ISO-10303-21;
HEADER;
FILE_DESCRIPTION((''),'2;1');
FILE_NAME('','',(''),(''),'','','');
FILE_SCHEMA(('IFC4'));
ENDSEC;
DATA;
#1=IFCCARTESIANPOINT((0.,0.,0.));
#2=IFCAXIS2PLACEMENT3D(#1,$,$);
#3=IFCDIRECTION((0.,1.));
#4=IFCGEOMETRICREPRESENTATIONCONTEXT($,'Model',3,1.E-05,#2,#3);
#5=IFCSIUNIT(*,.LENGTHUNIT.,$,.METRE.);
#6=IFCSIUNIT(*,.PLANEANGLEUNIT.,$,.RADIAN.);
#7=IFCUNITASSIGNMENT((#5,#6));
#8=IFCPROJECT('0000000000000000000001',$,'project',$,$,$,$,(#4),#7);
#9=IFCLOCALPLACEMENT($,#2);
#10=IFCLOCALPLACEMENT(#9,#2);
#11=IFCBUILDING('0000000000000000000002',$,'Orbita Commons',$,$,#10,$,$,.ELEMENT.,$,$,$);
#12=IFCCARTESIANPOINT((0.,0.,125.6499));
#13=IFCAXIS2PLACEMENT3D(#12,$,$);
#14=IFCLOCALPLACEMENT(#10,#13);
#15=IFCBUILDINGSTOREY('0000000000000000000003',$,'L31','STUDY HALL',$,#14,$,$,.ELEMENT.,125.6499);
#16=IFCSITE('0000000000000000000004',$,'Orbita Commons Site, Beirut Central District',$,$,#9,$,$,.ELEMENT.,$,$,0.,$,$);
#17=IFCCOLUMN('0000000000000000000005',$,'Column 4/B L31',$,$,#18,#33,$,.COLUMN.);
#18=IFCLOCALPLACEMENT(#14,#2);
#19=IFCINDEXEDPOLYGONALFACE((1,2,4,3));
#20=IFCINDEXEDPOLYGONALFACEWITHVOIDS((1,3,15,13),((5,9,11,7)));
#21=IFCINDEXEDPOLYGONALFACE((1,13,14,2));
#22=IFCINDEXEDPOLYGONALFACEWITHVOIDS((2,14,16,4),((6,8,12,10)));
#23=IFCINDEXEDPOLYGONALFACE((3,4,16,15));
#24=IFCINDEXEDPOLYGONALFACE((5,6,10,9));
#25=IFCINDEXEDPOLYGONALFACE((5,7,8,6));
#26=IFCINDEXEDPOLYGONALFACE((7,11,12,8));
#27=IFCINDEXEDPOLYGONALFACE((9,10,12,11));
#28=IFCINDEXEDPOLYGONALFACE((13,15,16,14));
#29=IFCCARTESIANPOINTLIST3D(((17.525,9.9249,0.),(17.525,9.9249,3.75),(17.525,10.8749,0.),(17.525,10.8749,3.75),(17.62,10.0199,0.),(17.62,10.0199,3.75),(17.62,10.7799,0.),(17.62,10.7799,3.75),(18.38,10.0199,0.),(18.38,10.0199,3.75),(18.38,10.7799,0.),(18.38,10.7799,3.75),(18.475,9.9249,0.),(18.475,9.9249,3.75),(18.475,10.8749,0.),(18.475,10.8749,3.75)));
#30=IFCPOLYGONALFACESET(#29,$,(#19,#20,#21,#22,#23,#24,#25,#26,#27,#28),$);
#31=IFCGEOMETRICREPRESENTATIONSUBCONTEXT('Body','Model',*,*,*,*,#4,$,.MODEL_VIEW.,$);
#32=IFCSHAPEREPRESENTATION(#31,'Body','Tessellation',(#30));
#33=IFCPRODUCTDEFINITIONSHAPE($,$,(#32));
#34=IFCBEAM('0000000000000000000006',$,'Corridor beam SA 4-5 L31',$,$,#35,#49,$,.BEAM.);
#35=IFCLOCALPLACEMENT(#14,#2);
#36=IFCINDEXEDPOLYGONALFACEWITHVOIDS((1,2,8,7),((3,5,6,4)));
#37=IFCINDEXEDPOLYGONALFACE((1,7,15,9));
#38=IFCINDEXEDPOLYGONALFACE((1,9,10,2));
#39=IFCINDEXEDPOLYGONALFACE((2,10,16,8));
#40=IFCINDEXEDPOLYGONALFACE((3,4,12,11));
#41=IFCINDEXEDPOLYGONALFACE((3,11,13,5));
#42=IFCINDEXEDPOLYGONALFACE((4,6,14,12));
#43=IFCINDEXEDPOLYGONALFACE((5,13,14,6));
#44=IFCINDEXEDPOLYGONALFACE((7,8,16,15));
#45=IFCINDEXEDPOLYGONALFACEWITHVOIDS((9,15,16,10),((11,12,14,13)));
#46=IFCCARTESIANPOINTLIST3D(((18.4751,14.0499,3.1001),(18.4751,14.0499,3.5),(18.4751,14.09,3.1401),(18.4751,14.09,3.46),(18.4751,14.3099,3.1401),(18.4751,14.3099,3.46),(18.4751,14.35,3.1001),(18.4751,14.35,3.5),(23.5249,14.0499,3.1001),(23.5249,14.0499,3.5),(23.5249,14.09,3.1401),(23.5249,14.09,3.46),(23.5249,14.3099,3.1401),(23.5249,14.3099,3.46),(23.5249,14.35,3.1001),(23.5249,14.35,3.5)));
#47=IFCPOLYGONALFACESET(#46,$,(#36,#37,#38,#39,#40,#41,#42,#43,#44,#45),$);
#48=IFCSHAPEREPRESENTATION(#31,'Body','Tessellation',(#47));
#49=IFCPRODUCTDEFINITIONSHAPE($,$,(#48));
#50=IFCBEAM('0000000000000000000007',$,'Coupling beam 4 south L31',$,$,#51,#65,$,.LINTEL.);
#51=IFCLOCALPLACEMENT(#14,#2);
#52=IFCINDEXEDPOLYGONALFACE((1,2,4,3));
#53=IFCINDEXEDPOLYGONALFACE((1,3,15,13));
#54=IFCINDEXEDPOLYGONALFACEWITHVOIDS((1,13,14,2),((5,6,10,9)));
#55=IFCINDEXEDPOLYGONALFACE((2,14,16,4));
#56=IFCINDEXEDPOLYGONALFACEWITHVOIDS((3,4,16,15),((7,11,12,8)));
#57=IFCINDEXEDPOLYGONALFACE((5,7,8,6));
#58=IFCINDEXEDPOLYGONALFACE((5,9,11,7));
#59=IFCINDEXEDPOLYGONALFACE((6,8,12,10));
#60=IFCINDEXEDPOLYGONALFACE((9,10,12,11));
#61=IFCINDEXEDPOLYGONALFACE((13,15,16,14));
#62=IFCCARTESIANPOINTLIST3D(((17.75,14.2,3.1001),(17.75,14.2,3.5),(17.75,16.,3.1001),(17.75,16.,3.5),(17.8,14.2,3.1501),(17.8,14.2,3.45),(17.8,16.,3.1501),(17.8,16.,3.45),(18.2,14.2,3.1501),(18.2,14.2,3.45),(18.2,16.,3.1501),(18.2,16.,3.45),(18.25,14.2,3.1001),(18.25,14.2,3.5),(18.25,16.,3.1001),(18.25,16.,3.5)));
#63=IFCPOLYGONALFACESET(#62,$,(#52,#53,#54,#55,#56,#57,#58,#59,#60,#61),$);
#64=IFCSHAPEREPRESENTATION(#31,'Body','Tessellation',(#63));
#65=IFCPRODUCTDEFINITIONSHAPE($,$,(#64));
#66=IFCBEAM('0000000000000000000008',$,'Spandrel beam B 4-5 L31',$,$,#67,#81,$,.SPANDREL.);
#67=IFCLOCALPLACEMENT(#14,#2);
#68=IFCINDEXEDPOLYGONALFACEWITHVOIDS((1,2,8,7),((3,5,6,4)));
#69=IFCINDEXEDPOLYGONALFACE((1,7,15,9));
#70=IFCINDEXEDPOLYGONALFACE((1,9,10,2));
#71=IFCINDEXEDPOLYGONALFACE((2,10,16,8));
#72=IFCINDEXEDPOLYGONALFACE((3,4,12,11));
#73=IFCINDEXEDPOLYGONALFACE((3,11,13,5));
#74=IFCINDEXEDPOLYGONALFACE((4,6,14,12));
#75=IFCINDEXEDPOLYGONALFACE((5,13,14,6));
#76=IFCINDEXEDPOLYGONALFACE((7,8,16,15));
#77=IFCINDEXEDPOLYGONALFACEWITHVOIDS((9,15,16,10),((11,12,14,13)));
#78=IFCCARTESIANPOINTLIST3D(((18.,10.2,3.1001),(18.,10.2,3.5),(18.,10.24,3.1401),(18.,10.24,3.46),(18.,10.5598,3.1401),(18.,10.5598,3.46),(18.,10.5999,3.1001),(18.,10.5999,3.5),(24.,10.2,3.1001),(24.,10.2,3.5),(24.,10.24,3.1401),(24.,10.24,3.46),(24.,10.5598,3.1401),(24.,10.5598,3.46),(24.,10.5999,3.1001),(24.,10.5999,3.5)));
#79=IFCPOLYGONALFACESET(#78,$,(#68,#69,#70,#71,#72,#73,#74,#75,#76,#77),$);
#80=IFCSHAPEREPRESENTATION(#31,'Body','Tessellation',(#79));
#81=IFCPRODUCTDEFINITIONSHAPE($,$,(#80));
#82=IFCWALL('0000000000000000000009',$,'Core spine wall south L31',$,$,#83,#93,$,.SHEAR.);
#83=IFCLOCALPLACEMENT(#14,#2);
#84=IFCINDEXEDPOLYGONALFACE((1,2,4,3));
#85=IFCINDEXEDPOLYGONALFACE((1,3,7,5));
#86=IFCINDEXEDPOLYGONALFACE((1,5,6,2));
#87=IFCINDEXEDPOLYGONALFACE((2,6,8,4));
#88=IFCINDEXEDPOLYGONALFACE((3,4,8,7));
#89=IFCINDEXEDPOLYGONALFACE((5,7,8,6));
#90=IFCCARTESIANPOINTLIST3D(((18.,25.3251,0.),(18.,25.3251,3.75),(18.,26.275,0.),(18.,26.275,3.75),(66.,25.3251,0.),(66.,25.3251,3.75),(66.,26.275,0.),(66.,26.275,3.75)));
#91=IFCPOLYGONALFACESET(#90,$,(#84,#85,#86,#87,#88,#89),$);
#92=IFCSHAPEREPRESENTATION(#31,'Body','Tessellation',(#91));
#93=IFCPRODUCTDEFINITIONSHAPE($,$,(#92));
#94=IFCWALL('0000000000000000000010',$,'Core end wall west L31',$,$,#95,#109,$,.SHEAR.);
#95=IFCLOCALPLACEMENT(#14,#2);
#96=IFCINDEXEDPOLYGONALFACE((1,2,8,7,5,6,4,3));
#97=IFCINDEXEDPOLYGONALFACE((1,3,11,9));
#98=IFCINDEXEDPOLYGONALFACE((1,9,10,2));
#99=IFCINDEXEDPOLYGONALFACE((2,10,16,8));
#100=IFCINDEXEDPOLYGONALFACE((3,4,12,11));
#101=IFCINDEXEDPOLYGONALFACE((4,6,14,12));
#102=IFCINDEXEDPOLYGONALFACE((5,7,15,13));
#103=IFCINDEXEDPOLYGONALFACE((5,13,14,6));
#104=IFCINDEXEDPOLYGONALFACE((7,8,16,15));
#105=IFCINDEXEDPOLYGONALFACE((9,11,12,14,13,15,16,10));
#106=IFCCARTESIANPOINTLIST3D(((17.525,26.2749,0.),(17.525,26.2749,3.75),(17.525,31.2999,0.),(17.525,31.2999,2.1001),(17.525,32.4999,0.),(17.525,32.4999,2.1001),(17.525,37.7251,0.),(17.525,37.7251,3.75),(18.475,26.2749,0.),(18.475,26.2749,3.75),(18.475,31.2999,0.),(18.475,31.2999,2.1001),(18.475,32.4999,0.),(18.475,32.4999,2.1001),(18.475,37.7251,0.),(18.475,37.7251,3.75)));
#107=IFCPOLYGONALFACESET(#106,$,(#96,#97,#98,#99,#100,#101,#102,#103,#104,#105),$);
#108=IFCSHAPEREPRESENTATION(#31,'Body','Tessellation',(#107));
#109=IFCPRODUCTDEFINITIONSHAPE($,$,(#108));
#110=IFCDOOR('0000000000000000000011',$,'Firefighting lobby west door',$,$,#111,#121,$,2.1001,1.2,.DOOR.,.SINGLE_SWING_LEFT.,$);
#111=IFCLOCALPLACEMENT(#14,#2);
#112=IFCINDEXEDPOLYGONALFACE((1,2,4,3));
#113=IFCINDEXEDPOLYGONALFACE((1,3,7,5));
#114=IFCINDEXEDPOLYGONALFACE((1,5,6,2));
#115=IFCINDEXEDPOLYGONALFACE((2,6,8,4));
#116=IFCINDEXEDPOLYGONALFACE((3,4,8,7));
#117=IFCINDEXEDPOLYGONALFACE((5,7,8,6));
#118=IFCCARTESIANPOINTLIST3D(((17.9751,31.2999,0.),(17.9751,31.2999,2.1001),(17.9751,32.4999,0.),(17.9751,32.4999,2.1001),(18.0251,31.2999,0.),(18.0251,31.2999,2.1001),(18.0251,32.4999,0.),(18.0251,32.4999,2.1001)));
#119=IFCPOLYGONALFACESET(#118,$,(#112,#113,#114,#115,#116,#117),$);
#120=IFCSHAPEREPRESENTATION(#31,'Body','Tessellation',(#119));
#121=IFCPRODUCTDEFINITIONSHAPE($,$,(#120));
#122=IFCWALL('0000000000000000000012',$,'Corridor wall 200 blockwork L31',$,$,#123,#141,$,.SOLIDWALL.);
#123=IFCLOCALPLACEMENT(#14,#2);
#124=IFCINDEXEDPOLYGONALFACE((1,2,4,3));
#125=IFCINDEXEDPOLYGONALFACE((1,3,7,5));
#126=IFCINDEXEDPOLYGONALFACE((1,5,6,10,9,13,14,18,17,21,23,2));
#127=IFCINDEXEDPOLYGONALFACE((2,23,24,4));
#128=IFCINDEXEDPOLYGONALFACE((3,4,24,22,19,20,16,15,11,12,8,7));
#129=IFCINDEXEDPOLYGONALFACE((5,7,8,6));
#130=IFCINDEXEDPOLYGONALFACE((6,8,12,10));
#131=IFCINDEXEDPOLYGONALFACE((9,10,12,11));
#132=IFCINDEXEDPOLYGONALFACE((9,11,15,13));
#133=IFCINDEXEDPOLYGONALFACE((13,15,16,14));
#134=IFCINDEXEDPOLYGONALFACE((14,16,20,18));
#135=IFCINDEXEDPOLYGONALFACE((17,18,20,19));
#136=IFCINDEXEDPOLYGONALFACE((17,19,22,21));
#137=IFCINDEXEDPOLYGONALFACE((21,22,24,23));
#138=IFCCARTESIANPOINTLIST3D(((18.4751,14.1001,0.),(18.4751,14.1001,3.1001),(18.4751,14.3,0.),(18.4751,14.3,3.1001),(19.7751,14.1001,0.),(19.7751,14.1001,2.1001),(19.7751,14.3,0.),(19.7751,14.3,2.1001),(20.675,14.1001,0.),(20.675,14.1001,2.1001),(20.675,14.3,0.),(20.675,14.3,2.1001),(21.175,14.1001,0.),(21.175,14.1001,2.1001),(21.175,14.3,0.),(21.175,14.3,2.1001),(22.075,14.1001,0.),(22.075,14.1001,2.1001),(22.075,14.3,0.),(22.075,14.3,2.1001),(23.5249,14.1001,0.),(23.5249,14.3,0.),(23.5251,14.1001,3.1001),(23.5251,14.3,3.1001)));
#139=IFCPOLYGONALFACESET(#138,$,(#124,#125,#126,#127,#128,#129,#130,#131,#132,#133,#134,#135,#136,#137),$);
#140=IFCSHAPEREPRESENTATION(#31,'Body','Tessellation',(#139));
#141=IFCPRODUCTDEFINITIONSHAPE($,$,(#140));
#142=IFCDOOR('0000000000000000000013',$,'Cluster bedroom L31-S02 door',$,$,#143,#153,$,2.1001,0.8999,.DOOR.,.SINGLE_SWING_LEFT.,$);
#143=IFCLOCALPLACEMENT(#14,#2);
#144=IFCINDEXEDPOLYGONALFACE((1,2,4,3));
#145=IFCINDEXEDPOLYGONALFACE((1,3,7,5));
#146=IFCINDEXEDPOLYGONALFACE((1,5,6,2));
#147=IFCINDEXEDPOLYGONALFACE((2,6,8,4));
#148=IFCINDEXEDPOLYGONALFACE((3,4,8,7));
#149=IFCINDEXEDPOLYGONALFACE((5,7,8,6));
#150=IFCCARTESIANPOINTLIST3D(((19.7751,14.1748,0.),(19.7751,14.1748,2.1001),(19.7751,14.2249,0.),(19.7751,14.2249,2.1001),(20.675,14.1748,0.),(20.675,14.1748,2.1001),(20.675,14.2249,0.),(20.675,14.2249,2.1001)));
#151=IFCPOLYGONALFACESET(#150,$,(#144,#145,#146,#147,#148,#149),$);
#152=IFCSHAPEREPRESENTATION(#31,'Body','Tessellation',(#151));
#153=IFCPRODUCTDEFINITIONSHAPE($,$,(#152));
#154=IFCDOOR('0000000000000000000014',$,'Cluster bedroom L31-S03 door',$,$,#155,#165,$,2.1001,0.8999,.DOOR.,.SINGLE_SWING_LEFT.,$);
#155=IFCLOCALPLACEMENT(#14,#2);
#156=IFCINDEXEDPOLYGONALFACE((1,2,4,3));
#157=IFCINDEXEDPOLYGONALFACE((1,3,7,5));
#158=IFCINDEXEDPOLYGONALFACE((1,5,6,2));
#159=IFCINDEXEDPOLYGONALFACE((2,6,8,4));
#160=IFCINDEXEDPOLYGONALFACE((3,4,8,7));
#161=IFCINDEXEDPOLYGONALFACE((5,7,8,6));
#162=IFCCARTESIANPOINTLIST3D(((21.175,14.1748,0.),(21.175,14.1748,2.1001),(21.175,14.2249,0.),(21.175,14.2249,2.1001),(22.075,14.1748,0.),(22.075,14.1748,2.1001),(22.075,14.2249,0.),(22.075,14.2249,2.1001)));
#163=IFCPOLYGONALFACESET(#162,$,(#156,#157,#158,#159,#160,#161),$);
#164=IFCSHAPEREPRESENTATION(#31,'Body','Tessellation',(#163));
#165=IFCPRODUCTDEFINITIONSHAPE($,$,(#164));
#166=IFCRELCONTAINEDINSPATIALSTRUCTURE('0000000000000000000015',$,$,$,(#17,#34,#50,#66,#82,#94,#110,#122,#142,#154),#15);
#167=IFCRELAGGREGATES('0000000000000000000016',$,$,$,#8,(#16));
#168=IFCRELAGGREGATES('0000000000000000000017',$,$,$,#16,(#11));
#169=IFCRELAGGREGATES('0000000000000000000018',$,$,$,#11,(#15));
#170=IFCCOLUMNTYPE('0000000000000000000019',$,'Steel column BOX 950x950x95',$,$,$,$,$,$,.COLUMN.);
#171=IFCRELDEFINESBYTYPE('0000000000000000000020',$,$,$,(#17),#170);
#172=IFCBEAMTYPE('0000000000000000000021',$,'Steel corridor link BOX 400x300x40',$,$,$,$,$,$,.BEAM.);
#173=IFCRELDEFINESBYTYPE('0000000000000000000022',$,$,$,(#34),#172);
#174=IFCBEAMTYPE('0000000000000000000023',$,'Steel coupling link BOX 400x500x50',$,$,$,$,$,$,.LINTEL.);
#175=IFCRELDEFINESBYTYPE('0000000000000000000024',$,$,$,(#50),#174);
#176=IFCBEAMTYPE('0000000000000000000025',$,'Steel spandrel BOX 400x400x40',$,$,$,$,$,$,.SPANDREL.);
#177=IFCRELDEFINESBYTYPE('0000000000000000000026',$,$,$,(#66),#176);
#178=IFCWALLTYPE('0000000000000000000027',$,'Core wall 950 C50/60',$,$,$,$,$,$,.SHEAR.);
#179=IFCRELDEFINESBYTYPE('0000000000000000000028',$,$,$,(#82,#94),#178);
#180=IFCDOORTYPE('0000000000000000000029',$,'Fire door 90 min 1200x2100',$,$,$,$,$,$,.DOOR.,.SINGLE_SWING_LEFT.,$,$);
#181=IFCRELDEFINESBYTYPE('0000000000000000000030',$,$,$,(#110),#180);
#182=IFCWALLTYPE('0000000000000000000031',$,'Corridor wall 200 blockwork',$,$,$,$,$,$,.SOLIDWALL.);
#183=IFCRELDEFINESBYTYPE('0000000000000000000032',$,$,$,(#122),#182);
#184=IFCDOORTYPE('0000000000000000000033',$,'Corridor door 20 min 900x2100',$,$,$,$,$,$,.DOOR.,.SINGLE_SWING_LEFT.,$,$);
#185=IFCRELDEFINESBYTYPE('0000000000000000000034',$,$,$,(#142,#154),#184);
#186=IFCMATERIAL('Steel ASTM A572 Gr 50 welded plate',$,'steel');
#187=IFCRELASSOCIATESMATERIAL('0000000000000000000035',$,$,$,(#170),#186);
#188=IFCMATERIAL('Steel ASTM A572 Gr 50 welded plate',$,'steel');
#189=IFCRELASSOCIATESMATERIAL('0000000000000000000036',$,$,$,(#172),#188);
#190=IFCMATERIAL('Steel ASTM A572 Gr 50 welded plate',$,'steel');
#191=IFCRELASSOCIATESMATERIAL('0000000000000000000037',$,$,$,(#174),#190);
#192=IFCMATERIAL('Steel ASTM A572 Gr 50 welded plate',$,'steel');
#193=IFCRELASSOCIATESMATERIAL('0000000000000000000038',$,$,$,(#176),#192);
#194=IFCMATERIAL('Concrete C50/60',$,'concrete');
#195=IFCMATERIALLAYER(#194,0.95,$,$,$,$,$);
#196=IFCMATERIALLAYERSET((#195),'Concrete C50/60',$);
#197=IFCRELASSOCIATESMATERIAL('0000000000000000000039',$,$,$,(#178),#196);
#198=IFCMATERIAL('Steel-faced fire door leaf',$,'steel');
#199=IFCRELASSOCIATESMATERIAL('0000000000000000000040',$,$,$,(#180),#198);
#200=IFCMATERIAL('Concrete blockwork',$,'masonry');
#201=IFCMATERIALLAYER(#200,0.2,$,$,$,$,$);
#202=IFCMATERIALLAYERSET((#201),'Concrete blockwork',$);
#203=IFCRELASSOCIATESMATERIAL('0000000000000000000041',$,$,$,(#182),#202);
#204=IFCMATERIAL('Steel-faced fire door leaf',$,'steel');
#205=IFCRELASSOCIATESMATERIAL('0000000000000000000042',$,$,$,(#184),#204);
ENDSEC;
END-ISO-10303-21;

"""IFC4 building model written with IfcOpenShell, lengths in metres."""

from ifc_helpers import new_model, si_unit, direction, frame, frame_2d, origin, origin_2d, place, context, subcontext, project, spatial, polyline, rectangle, hollow_rectangle, outline, extrude, material, layer, layer_set, material_profile, profile_set, type_object, element, fill, save


model = new_model("IFC4")

# Units and contexts
model_context = context("Model", 3, precision=1e-05, world=origin(), true_north=direction((0.0, 1.0)))
body_context = subcontext(model_context, "Body", "Model", "MODEL_VIEW")
ifc_project = project(units=[si_unit("LENGTHUNIT", "METRE"), si_unit("PLANEANGLEUNIT", "RADIAN")], contexts=[model_context])

# Site, building, storey
site_placement = place(None, origin())
site = spatial("IfcSite", under=ifc_project, at=site_placement, Name="Orbita Commons Site, Beirut Central District", CompositionType="ELEMENT", RefElevation=0.0)
building_placement = place(site_placement, origin())
building = spatial("IfcBuilding", under=site, at=building_placement, Name="Orbita Commons", CompositionType="ELEMENT")
storey_placement = place(building_placement, frame((0.0, 0.0, 125.6499)))
storey = spatial("IfcBuildingStorey", under=building, at=storey_placement, Name="L31", Description="STUDY HALL", CompositionType="ELEMENT", Elevation=125.6499)

# Column
ifc_material_1 = material(Name="Steel ASTM A572 Gr 50 welded plate", Category="steel")
ifc_material_profile_1 = material_profile(ifc_material_1, hollow_rectangle(XDim=0.95, YDim=0.95, WallThickness=0.095, at=origin_2d()), Name="BOX 950x950x95")
ifc_profile_set_1 = profile_set([ifc_material_profile_1], Name="Steel ASTM A572 Gr 50 welded plate")
column_type = type_object("IfcColumnType", Name="Steel column BOX 950x950x95", PredefinedType="COLUMN", material=ifc_profile_set_1)
column_placement = place(storey_placement, frame((18.0, 10.3999, 0.0), z_axis=(0.0, 0.0, 1.0), x_axis=(1.0, 0.0, 0.0)))
element("IfcColumn", 1, at=column_placement, inside=storey, type_object=column_type, Name="Column 4/B L31", PredefinedType="COLUMN", context=body_context, shape_type="SweptSolid", body=[
    extrude(hollow_rectangle(XDim=0.95, YDim=0.95, WallThickness=0.095, at=origin_2d()), origin(), (0.0, 0.0, 1.0), 3.75),
])

# Beams
ifc_material_2 = material(Name="Steel ASTM A572 Gr 50 welded plate", Category="steel")
ifc_material_profile_2 = material_profile(ifc_material_2, hollow_rectangle(XDim=0.3, YDim=0.3999, WallThickness=0.04, at=origin_2d()), Name="BOX 400x300x40")
ifc_profile_set_2 = profile_set([ifc_material_profile_2], Name="Steel ASTM A572 Gr 50 welded plate")
beam_type_1 = type_object("IfcBeamType", Name="Steel corridor link BOX 400x300x40", PredefinedType="BEAM", material=ifc_profile_set_2)
beam_1_placement = place(storey_placement, frame((18.4751, 14.2, 3.3), z_axis=(1.0, 0.0, 0.0), x_axis=(0.0, 1.0, 0.0)))
element("IfcBeam", 2, at=beam_1_placement, inside=storey, type_object=beam_type_1, Name="Corridor beam SA 4-5 L31", PredefinedType="BEAM", context=body_context, shape_type="SweptSolid", body=[
    extrude(hollow_rectangle(XDim=0.3, YDim=0.3999, WallThickness=0.04, at=origin_2d()), origin(), (0.0, 0.0, 1.0), 5.0498),
])
ifc_material_3 = material(Name="Steel ASTM A572 Gr 50 welded plate", Category="steel")
ifc_material_profile_3 = material_profile(ifc_material_3, hollow_rectangle(XDim=0.5, YDim=0.3999, WallThickness=0.05, at=origin_2d()), Name="BOX 400x500x50")
ifc_profile_set_3 = profile_set([ifc_material_profile_3], Name="Steel ASTM A572 Gr 50 welded plate")
beam_type_2 = type_object("IfcBeamType", Name="Steel coupling link BOX 400x500x50", PredefinedType="LINTEL", material=ifc_profile_set_3)
beam_2_placement = place(storey_placement, frame((18.0, 14.2, 3.3), z_axis=(0.0, 1.0, 0.0), x_axis=(-1.0, 0.0, 0.0)))
element("IfcBeam", 3, at=beam_2_placement, inside=storey, type_object=beam_type_2, Name="Coupling beam 4 south L31", PredefinedType="LINTEL", context=body_context, shape_type="SweptSolid", body=[
    extrude(hollow_rectangle(XDim=0.5, YDim=0.3999, WallThickness=0.05, at=origin_2d()), origin(), (0.0, 0.0, 1.0), 1.8),
])
ifc_material_4 = material(Name="Steel ASTM A572 Gr 50 welded plate", Category="steel")
ifc_material_profile_4 = material_profile(ifc_material_4, hollow_rectangle(XDim=0.3999, YDim=0.3999, WallThickness=0.04, at=origin_2d()), Name="BOX 400x400x40")
ifc_profile_set_4 = profile_set([ifc_material_profile_4], Name="Steel ASTM A572 Gr 50 welded plate")
beam_type_3 = type_object("IfcBeamType", Name="Steel spandrel BOX 400x400x40", PredefinedType="SPANDREL", material=ifc_profile_set_4)
beam_3_placement = place(storey_placement, frame((18.0, 10.3999, 3.3), z_axis=(1.0, 0.0, 0.0), x_axis=(0.0, 1.0, 0.0)))
element("IfcBeam", 4, at=beam_3_placement, inside=storey, type_object=beam_type_3, Name="Spandrel beam B 4-5 L31", PredefinedType="SPANDREL", context=body_context, shape_type="SweptSolid", body=[
    extrude(hollow_rectangle(XDim=0.3999, YDim=0.3999, WallThickness=0.04, at=origin_2d()), origin(), (0.0, 0.0, 1.0), 6.0),
])

# Wall
ifc_material_5 = material(Name="Concrete C50/60", Category="concrete")
ifc_layer_1 = layer(ifc_material_5, 0.95)
ifc_layer_set_1 = layer_set([ifc_layer_1], Name="Concrete C50/60")
wall_type_1 = type_object("IfcWallType", Name="Core wall 950 C50/60", PredefinedType="SHEAR", material=ifc_layer_set_1)
wall_1_placement = place(storey_placement, frame((18.0, 25.8, 0.0), z_axis=(0.0, 0.0, 1.0), x_axis=(1.0, 0.0, 0.0)))
element("IfcWall", 5, at=wall_1_placement, inside=storey, type_object=wall_type_1, Name="Core spine wall south L31", PredefinedType="SHEAR", context=body_context, shape_type="SweptSolid", body=[
    extrude(rectangle(XDim=48.0, YDim=0.95, at=frame_2d((24.0, 0.0))), origin(), (0.0, 0.0, 1.0), 3.75),
])

# Wall, opening, door
wall_2_placement = place(storey_placement, frame((18.0, 26.2749, 0.0), z_axis=(0.0, 0.0, 1.0), x_axis=(0.0, 1.0, 0.0)))
wall_2 = element("IfcWall", 6, at=wall_2_placement, inside=storey, type_object=wall_type_1, Name="Core end wall west L31", PredefinedType="SHEAR", context=body_context, shape_type="SweptSolid", body=[
    extrude(rectangle(XDim=11.4502, YDim=0.95, at=frame_2d((5.7251, 0.0))), origin(), (0.0, 0.0, 1.0), 3.75),
])
opening_1_placement = place(wall_2_placement, frame((5.0249, 0.0, 0.0)))
opening_1 = element("IfcOpeningElement", 7, at=opening_1_placement, cuts=wall_2, PredefinedType="OPENING", context=body_context, shape_type="SweptSolid", body=[
    extrude(rectangle(XDim=1.2, YDim=2.1001, at=frame_2d((0.6001, 1.05))), frame((0.0, 0.4849, 0.0), z_axis=(0.0, -1.0, 0.0), x_axis=(1.0, 0.0, 0.0)), (0.0, 0.0, 1.0), 0.97),
])
ifc_material_6 = material(Name="Steel-faced fire door leaf", Category="steel")
door_type_1 = type_object("IfcDoorType", Name="Fire door 90 min 1200x2100", OperationType="SINGLE_SWING_LEFT", PredefinedType="DOOR", material=ifc_material_6)
door_1_placement = place(opening_1_placement, origin())
door_1 = element("IfcDoor", 8, at=door_1_placement, inside=storey, type_object=door_type_1, Name="Firefighting lobby west door", OperationType="SINGLE_SWING_LEFT", OverallHeight=2.1001, OverallWidth=1.2, PredefinedType="DOOR", context=body_context, shape_type="SweptSolid", body=[
    extrude(rectangle(XDim=1.2, YDim=2.1001, at=frame_2d((0.6001, 1.05))), frame((0.0, 0.0249, 0.0), z_axis=(0.0, -1.0, 0.0), x_axis=(1.0, 0.0, 0.0)), (0.0, 0.0, 1.0), 0.05),
])
fill(opening_1, door_1)

# Wall, openings, doors
ifc_material_7 = material(Name="Concrete blockwork", Category="masonry")
ifc_layer_2 = layer(ifc_material_7, 0.2)
ifc_layer_set_2 = layer_set([ifc_layer_2], Name="Concrete blockwork")
wall_type_2 = type_object("IfcWallType", Name="Corridor wall 200 blockwork", PredefinedType="SOLIDWALL", material=ifc_layer_set_2)
wall_3_placement = place(storey_placement, frame((18.4751, 14.2, 0.0), z_axis=(0.0, 0.0, 1.0), x_axis=(1.0, 0.0, 0.0)))
wall_3 = element("IfcWall", 9, at=wall_3_placement, inside=storey, type_object=wall_type_2, Name="Corridor wall 200 blockwork L31", PredefinedType="SOLIDWALL", context=body_context, shape_type="SweptSolid", body=[
    extrude(outline(polyline([(0.0, 0.0), (5.0498, 0.0), (5.05, 3.1001), (0.0, 3.1001), (0.0, 0.0)])), frame((0.0, 0.1001, 0.0), z_axis=(0.0, -1.0, 0.0), x_axis=(1.0, 0.0, 0.0)), (0.0, 0.0, 1.0), 0.2),
])
opening_2_placement = place(wall_3_placement, frame((1.3, 0.0, 0.0)))
opening_2 = element("IfcOpeningElement", 10, at=opening_2_placement, cuts=wall_3, PredefinedType="OPENING", context=body_context, shape_type="SweptSolid", body=[
    extrude(rectangle(XDim=0.8999, YDim=2.1001, at=frame_2d((0.45, 1.05))), frame((0.0, 0.1099, 0.0), z_axis=(0.0, -1.0, 0.0), x_axis=(1.0, 0.0, 0.0)), (0.0, 0.0, 1.0), 0.22),
])
opening_3_placement = place(wall_3_placement, frame((2.7, 0.0, 0.0)))
opening_3 = element("IfcOpeningElement", 11, at=opening_3_placement, cuts=wall_3, PredefinedType="OPENING", context=body_context, shape_type="SweptSolid", body=[
    extrude(rectangle(XDim=0.8999, YDim=2.1001, at=frame_2d((0.45, 1.05))), frame((0.0, 0.1099, 0.0), z_axis=(0.0, -1.0, 0.0), x_axis=(1.0, 0.0, 0.0)), (0.0, 0.0, 1.0), 0.22),
])
ifc_material_8 = material(Name="Steel-faced fire door leaf", Category="steel")
door_type_2 = type_object("IfcDoorType", Name="Corridor door 20 min 900x2100", OperationType="SINGLE_SWING_LEFT", PredefinedType="DOOR", material=ifc_material_8)
door_2_placement = place(opening_2_placement, origin())
door_2 = element("IfcDoor", 12, at=door_2_placement, inside=storey, type_object=door_type_2, Name="Cluster bedroom L31-S02 door", OperationType="SINGLE_SWING_LEFT", OverallHeight=2.1001, OverallWidth=0.8999, PredefinedType="DOOR", context=body_context, shape_type="SweptSolid", body=[
    extrude(rectangle(XDim=0.8999, YDim=2.1001, at=frame_2d((0.45, 1.05))), frame((0.0, 0.0249, 0.0), z_axis=(0.0, -1.0, 0.0), x_axis=(1.0, 0.0, 0.0)), (0.0, 0.0, 1.0), 0.05),
])
fill(opening_2, door_2)
door_3_placement = place(opening_3_placement, origin())
door_3 = element("IfcDoor", 13, at=door_3_placement, inside=storey, type_object=door_type_2, Name="Cluster bedroom L31-S03 door", OperationType="SINGLE_SWING_LEFT", OverallHeight=2.1001, OverallWidth=0.8999, PredefinedType="DOOR", context=body_context, shape_type="SweptSolid", body=[
    extrude(rectangle(XDim=0.8999, YDim=2.1001, at=frame_2d((0.45, 1.05))), frame((0.0, 0.0249, 0.0), z_axis=(0.0, -1.0, 0.0), x_axis=(1.0, 0.0, 0.0)), (0.0, 0.0, 1.0), 0.05),
])
fill(opening_3, door_3)

save(model, "model.ifc")
